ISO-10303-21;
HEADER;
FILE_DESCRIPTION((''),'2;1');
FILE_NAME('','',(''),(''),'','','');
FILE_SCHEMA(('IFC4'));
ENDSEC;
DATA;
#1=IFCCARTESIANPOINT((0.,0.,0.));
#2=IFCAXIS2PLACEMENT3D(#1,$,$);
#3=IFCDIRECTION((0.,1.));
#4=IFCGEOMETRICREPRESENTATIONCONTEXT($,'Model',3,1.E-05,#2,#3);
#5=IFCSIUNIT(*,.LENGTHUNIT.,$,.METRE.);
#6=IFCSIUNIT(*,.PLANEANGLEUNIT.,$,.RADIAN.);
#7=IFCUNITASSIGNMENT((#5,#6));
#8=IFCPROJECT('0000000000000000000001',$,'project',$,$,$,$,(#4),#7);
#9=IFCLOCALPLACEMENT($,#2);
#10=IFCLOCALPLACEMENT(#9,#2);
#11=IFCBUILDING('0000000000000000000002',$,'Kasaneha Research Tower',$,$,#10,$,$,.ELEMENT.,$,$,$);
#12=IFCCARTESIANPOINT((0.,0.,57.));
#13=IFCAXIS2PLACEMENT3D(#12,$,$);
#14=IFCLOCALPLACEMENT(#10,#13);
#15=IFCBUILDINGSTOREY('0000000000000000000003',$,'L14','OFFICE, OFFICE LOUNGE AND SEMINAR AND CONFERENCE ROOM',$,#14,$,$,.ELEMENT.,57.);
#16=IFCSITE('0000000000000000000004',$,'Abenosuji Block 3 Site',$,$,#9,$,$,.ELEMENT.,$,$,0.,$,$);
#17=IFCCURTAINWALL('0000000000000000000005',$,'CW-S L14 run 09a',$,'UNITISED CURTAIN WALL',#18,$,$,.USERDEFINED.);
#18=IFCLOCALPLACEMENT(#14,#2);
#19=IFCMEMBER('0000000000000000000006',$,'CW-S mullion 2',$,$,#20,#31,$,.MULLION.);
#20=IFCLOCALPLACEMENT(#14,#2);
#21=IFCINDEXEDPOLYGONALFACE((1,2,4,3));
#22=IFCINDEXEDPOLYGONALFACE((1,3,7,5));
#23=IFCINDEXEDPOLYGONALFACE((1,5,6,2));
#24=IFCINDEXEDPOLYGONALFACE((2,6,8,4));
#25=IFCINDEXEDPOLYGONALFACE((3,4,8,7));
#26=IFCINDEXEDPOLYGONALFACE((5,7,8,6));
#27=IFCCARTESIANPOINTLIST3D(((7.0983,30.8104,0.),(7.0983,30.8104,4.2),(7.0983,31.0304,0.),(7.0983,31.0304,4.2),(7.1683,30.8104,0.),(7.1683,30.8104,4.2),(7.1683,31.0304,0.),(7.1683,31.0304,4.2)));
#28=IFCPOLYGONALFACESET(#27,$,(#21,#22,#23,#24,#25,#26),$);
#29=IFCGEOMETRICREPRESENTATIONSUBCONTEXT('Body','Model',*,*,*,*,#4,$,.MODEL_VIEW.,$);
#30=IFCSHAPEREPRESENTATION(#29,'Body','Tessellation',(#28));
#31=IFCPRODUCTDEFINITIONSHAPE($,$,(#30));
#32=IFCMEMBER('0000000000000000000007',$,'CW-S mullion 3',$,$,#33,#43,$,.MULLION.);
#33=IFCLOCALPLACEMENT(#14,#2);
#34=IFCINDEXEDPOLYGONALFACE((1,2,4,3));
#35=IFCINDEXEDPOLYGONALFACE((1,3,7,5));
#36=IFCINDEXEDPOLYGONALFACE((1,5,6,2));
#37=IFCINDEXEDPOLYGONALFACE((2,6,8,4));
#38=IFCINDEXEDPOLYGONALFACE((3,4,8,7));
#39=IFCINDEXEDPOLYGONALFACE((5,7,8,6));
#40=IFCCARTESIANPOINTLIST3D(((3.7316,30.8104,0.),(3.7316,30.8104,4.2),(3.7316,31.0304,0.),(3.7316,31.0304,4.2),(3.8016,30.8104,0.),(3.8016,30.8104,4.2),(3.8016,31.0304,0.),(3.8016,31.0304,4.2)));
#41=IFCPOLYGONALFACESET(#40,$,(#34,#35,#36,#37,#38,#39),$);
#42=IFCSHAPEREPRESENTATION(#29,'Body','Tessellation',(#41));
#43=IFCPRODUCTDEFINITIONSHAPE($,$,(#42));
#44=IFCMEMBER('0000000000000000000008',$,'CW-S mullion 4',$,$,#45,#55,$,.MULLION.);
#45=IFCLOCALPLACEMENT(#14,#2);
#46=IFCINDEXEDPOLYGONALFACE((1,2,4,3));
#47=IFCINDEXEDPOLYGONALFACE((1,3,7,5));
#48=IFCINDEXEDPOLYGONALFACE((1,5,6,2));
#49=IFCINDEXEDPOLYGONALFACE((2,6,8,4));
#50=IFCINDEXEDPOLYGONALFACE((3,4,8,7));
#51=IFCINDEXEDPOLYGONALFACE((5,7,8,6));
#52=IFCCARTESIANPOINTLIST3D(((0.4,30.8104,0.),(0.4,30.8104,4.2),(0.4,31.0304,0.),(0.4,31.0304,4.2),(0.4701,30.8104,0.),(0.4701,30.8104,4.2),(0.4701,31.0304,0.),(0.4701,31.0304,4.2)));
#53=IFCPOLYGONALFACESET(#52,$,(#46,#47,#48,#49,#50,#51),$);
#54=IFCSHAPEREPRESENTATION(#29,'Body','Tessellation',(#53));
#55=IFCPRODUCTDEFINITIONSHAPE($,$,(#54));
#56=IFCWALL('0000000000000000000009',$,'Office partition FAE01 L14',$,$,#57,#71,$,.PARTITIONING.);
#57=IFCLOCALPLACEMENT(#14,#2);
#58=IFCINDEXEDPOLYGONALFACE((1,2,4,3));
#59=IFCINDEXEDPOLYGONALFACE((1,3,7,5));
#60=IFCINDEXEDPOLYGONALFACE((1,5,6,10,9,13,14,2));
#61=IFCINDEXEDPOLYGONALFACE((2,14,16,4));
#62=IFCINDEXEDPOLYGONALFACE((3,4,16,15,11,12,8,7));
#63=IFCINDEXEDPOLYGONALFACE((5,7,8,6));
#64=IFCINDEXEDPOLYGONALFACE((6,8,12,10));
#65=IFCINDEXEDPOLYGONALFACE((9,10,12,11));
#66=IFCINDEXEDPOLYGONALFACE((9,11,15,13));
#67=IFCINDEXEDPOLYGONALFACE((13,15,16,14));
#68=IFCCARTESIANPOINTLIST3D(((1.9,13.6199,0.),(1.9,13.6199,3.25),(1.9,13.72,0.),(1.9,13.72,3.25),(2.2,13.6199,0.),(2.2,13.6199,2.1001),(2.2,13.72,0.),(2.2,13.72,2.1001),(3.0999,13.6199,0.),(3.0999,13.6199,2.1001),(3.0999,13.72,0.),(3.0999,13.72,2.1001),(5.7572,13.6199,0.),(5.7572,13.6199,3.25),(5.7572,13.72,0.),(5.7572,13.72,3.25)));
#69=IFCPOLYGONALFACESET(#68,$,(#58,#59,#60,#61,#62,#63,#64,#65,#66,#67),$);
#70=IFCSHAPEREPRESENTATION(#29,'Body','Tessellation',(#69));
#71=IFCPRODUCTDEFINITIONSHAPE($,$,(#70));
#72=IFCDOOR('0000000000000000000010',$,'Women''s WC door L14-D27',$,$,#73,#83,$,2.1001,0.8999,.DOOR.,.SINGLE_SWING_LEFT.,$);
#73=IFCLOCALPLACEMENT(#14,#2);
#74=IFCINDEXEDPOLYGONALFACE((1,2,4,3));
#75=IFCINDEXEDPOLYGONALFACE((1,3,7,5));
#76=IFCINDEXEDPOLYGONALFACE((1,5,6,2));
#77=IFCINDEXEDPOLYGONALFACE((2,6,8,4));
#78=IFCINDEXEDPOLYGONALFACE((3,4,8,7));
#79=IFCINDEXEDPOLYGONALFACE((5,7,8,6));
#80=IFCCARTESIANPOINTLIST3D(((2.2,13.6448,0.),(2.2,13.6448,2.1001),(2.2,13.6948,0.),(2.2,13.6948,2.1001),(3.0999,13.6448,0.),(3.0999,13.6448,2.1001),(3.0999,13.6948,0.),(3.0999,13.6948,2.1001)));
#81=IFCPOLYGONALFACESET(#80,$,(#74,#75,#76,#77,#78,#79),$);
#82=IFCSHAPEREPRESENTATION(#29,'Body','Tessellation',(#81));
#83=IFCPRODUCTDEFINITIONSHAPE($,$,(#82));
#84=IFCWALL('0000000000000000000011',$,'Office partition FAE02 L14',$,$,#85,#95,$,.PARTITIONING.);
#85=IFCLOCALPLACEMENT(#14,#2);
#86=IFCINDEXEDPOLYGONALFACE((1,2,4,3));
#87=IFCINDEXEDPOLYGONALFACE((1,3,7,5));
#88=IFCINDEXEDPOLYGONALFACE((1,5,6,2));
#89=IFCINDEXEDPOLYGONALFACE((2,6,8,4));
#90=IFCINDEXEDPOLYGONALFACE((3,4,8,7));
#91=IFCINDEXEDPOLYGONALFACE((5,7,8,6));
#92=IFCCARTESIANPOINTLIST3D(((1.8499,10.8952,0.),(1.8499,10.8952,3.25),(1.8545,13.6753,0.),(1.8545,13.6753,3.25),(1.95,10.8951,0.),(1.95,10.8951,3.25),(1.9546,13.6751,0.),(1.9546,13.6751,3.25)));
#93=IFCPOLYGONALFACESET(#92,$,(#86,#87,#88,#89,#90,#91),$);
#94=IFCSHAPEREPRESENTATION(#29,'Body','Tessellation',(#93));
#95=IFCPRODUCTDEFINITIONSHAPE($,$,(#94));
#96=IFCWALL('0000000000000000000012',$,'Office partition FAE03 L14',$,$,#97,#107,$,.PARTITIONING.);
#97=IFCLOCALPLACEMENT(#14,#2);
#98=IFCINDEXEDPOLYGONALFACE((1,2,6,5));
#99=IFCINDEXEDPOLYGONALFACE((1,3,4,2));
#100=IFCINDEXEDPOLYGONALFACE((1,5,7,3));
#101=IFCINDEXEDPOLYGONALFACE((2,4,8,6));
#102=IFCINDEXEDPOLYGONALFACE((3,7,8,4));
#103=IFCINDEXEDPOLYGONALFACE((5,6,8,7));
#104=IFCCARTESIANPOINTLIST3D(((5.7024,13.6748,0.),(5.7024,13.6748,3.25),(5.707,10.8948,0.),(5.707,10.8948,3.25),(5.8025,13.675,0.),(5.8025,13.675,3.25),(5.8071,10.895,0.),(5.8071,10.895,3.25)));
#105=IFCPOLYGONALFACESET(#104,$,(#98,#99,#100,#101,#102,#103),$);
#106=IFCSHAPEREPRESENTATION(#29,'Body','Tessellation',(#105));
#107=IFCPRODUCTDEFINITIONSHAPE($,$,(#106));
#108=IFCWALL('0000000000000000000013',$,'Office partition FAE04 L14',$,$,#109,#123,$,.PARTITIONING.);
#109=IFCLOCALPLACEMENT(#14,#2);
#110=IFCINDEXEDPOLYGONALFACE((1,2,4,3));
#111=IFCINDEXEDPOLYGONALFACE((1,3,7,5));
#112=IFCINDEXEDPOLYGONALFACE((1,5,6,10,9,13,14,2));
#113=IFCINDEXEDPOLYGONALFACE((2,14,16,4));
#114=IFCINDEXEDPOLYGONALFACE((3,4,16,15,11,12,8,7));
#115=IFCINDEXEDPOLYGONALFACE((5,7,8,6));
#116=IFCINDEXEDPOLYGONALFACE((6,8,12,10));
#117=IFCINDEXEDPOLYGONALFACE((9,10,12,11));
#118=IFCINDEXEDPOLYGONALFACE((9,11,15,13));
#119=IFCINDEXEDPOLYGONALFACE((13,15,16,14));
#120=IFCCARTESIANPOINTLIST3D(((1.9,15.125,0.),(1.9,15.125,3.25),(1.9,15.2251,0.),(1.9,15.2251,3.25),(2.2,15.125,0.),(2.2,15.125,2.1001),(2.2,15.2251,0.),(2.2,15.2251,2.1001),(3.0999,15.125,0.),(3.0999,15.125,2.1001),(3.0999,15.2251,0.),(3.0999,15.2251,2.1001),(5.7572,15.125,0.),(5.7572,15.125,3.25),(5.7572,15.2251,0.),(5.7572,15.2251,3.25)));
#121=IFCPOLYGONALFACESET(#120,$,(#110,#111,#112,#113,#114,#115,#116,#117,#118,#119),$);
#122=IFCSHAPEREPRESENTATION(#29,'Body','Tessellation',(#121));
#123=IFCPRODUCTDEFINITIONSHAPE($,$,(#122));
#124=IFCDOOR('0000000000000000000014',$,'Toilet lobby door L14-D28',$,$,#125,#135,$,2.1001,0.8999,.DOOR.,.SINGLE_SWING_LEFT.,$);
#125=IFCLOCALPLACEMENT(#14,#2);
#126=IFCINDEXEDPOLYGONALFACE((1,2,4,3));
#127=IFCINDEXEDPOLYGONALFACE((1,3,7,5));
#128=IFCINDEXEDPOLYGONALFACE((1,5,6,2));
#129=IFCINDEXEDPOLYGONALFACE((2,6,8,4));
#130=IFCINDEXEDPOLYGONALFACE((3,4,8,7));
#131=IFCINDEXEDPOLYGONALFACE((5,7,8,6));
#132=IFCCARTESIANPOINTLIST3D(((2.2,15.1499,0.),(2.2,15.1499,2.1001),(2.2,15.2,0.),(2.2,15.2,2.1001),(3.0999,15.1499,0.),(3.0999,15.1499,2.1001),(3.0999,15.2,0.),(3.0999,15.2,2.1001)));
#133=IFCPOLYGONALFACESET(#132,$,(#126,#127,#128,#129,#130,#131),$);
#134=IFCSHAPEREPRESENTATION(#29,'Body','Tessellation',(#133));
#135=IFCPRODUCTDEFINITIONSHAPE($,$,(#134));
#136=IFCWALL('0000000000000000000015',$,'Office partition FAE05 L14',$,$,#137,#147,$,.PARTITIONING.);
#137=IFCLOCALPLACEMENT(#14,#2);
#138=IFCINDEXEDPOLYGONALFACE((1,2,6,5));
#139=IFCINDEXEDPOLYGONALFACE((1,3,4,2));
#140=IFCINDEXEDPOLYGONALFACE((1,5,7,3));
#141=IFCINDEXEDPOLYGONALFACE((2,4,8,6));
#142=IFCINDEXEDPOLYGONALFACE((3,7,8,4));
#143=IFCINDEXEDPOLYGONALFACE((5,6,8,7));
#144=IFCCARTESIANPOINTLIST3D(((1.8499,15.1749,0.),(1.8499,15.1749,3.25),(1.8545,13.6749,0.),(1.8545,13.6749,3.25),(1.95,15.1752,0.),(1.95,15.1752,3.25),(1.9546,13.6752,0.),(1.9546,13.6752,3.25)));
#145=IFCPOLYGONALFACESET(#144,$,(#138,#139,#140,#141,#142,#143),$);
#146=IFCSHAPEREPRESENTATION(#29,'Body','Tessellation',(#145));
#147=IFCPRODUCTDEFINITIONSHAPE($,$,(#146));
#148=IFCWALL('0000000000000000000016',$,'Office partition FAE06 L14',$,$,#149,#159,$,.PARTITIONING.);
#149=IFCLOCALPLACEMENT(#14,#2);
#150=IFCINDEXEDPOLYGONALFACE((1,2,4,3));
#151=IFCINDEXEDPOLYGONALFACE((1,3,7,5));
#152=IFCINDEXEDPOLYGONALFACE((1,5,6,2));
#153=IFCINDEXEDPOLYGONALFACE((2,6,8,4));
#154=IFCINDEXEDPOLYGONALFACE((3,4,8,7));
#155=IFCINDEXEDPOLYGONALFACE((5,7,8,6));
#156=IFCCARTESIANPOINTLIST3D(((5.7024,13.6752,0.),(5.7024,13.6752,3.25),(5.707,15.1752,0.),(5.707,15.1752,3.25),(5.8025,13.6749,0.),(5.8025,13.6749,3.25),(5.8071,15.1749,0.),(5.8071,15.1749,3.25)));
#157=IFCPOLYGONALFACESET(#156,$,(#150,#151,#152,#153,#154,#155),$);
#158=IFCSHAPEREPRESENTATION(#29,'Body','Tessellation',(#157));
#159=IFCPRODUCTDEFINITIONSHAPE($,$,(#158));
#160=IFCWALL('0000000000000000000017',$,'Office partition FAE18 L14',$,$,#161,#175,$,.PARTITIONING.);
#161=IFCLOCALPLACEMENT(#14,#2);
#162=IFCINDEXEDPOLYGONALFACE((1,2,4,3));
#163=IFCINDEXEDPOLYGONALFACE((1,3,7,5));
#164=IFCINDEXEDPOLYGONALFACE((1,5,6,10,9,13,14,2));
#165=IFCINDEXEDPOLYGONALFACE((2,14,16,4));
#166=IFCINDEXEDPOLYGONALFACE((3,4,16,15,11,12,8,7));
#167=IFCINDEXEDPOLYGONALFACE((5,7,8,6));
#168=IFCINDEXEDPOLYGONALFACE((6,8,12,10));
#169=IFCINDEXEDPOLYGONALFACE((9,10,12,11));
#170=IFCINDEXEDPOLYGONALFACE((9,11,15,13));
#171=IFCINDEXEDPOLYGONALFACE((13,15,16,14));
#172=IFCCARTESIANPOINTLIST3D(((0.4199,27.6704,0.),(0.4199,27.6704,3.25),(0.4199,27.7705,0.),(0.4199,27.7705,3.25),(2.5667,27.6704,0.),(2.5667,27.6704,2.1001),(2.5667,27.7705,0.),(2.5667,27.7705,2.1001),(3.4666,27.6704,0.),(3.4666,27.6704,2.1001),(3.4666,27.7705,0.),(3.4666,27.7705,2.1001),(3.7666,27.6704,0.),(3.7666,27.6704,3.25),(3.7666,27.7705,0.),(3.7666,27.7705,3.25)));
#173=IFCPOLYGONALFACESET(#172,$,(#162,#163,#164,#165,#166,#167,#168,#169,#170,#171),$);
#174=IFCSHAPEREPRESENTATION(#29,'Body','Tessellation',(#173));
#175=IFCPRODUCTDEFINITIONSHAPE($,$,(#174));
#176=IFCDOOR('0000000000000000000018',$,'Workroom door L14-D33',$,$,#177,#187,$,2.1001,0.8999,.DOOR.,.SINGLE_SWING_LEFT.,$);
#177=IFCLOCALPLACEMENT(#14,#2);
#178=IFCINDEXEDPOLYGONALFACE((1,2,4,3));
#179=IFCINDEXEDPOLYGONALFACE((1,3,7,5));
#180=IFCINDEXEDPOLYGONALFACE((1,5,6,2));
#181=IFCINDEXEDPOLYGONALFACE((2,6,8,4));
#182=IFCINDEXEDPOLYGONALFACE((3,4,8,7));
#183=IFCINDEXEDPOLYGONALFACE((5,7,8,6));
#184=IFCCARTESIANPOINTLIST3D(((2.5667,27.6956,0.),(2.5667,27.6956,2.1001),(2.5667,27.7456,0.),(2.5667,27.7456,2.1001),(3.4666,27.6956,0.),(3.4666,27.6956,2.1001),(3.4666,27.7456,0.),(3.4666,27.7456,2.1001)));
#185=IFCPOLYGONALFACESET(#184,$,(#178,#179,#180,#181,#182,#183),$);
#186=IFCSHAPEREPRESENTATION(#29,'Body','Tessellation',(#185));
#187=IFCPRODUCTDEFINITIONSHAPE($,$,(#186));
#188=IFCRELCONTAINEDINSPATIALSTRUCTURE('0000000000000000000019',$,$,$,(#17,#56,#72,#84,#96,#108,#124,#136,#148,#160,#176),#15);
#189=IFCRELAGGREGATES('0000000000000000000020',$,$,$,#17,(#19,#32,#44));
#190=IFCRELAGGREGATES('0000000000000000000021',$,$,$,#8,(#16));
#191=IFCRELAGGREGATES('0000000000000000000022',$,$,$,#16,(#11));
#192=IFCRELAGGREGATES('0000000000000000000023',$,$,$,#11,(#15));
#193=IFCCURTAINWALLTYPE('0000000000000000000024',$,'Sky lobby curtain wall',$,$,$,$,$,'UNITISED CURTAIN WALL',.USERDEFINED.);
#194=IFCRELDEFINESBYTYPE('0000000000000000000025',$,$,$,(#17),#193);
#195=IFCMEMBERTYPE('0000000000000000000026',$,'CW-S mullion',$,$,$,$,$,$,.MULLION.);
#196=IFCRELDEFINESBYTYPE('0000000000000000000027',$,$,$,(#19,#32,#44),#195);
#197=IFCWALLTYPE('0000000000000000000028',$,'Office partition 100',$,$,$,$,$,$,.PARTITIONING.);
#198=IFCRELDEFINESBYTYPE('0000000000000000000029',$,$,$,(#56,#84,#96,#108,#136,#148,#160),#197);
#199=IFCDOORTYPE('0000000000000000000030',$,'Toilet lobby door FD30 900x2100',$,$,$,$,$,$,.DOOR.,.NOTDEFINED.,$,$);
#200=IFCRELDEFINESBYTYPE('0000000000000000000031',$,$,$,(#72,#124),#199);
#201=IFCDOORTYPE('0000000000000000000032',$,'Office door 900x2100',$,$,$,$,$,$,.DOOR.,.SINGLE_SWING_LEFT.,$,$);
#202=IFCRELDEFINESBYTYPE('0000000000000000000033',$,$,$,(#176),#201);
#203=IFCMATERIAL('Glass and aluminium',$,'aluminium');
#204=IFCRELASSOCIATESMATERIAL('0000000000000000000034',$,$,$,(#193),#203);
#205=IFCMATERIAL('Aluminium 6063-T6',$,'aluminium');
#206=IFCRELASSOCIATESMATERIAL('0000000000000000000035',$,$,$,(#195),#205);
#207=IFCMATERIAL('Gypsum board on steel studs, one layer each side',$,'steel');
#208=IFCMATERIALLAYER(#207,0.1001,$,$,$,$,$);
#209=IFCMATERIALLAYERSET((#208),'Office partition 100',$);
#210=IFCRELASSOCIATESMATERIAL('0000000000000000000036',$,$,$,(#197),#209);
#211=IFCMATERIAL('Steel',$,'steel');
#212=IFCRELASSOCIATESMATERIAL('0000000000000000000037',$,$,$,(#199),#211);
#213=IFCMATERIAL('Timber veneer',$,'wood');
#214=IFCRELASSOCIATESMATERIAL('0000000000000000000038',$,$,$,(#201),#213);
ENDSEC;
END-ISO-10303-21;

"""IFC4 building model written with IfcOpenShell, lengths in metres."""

from ifc_helpers import new_model, si_unit, direction, frame, frame_2d, origin, origin_2d, place, context, subcontext, project, spatial, rectangle, extrude, material, layer, layer_set, material_profile, profile_set, type_object, element, fill, aggregate, save


model = new_model("IFC4")

# Units and contexts
model_context = context("Model", 3, precision=1e-05, world=origin(), true_north=direction((0.0, 1.0)))
body_context = subcontext(model_context, "Body", "Model", "MODEL_VIEW")
ifc_project = project(units=[si_unit("LENGTHUNIT", "METRE"), si_unit("PLANEANGLEUNIT", "RADIAN")], contexts=[model_context])

# Site, building, storey
site_placement = place(None, origin())
site = spatial("IfcSite", under=ifc_project, at=site_placement, Name="Abenosuji Block 3 Site", CompositionType="ELEMENT", RefElevation=0.0)
building_placement = place(site_placement, origin())
building = spatial("IfcBuilding", under=site, at=building_placement, Name="Kasaneha Research Tower", CompositionType="ELEMENT")
storey_placement = place(building_placement, frame((0.0, 0.0, 57.0)))
storey = spatial("IfcBuildingStorey", under=building, at=storey_placement, Name="L14", Description="OFFICE, OFFICE LOUNGE AND SEMINAR AND CONFERENCE ROOM", CompositionType="ELEMENT", Elevation=57.0)

# Curtain wall, members
ifc_material_1 = material(Name="Glass and aluminium", Category="aluminium")
curtain_wall_type = type_object("IfcCurtainWallType", Name="Sky lobby curtain wall", ElementType="UNITISED CURTAIN WALL", PredefinedType="USERDEFINED", material=ifc_material_1)
curtain_wall_placement = place(storey_placement, origin())
curtain_wall = element("IfcCurtainWall", 1, at=curtain_wall_placement, inside=storey, type_object=curtain_wall_type, Name="CW-S L14 run 09a", ObjectType="UNITISED CURTAIN WALL", PredefinedType="USERDEFINED")
ifc_material_2 = material(Name="Aluminium 6063-T6", Category="aluminium")
ifc_material_profile_1 = material_profile(ifc_material_2, rectangle(XDim=0.0701, YDim=0.22, at=origin_2d()), Name="CW-S mullion 70x220")
ifc_profile_set_1 = profile_set([ifc_material_profile_1], Name="Aluminium 6063-T6")
member_type = type_object("IfcMemberType", Name="CW-S mullion", PredefinedType="MULLION", material=ifc_profile_set_1)
member_1_placement = place(storey_placement, frame((7.1333, 30.9204, 0.0), z_axis=(0.0, 0.0, 1.0), x_axis=(-1.0, 0.0, 0.0)))
member_1 = element("IfcMember", 2, at=member_1_placement, type_object=member_type, Name="CW-S mullion 2", PredefinedType="MULLION", context=body_context, shape_type="SweptSolid", body=[
    extrude(rectangle(XDim=0.0701, YDim=0.22, at=origin_2d()), origin(), (0.0, 0.0, 1.0), 4.2),
])
member_2_placement = place(storey_placement, frame((3.7666, 30.9204, 0.0), z_axis=(0.0, 0.0, 1.0), x_axis=(-1.0, 0.0, 0.0)))
member_2 = element("IfcMember", 3, at=member_2_placement, type_object=member_type, Name="CW-S mullion 3", PredefinedType="MULLION", context=body_context, shape_type="SweptSolid", body=[
    extrude(rectangle(XDim=0.0701, YDim=0.22, at=origin_2d()), origin(), (0.0, 0.0, 1.0), 4.2),
])
member_3_placement = place(storey_placement, frame((0.4351, 30.9204, 0.0), z_axis=(0.0, 0.0, 1.0), x_axis=(-1.0, 0.0, 0.0)))
member_3 = element("IfcMember", 4, at=member_3_placement, type_object=member_type, Name="CW-S mullion 4", PredefinedType="MULLION", context=body_context, shape_type="SweptSolid", body=[
    extrude(rectangle(XDim=0.0701, YDim=0.22, at=origin_2d()), origin(), (0.0, 0.0, 1.0), 4.2),
])
aggregate(curtain_wall, [member_1, member_2, member_3])

# Wall, opening, door
ifc_material_3 = material(Name="Gypsum board on steel studs, one layer each side", Category="steel")
ifc_layer_1 = layer(ifc_material_3, 0.1001)
ifc_layer_set_1 = layer_set([ifc_layer_1], Name="Office partition 100")
wall_type_1 = type_object("IfcWallType", Name="Office partition 100", PredefinedType="PARTITIONING", material=ifc_layer_set_1)
wall_1_placement = place(storey_placement, frame((1.8999, 13.6699, 0.0), z_axis=(0.0, 0.0, 1.0), x_axis=(1.0, 0.0, 0.0)))
wall_1 = element("IfcWall", 5, at=wall_1_placement, inside=storey, type_object=wall_type_1, Name="Office partition FAE01 L14", PredefinedType="PARTITIONING", context=body_context, shape_type="SweptSolid", body=[
    extrude(rectangle(XDim=3.8572, YDim=0.1001, at=frame_2d((1.9287, 0.0))), origin(), (0.0, 0.0, 1.0), 3.25),
])
opening_1_placement = place(wall_1_placement, frame((0.3, 0.0, 0.0)))
opening_1 = element("IfcOpeningElement", 6, at=opening_1_placement, cuts=wall_1, PredefinedType="OPENING", context=body_context, shape_type="SweptSolid", body=[
    extrude(rectangle(XDim=0.8999, YDim=2.1001, at=frame_2d((0.45, 1.05))), frame((0.0, 0.0601, 0.0), z_axis=(0.0, -1.0, 0.0), x_axis=(1.0, 0.0, 0.0)), (0.0, 0.0, 1.0), 0.1201),
])
ifc_material_4 = material(Name="Steel", Category="steel")
door_type_1 = type_object("IfcDoorType", Name="Toilet lobby door FD30 900x2100", OperationType="NOTDEFINED", PredefinedType="DOOR", material=ifc_material_4)
door_1_placement = place(opening_1_placement, origin())
door_1 = element("IfcDoor", 7, at=door_1_placement, inside=storey, type_object=door_type_1, Name="Women's WC door L14-D27", OperationType="SINGLE_SWING_LEFT", OverallHeight=2.1001, OverallWidth=0.8999, PredefinedType="DOOR", context=body_context, shape_type="SweptSolid", body=[
    extrude(rectangle(XDim=0.8999, YDim=2.1001, at=frame_2d((0.45, 1.05))), frame((0.0, 0.0249, 0.0), z_axis=(0.0, -1.0, 0.0), x_axis=(1.0, 0.0, 0.0)), (0.0, 0.0, 1.0), 0.05),
])
fill(opening_1, door_1)

# Walls
for number, where, z_axis, x_axis, name in (
    (8, (1.8999, 10.895, 0.0), (0.0, 0.0, 1.0), (0.001669, 0.999999, 0.0), "Office partition FAE02 L14"),
    (9, (5.7524, 13.675, 0.0), (0.0, 0.0, 1.0), (0.001669, -0.999999, 0.0), "Office partition FAE03 L14"),
):
    element("IfcWall", number, at=place(storey_placement, frame(where, z_axis=z_axis, x_axis=x_axis)), inside=storey, type_object=wall_type_1, Name=name, PredefinedType="PARTITIONING", context=body_context, shape_type="SweptSolid", body=[
        extrude(rectangle(XDim=2.78, YDim=0.1001, at=frame_2d((1.3901, 0.0))), origin(), (0.0, 0.0, 1.0), 3.25),
    ])

# Wall, opening, door
wall_2_placement = place(storey_placement, frame((1.8999, 15.175, 0.0), z_axis=(0.0, 0.0, 1.0), x_axis=(1.0, 0.0, 0.0)))
wall_2 = element("IfcWall", 10, at=wall_2_placement, inside=storey, type_object=wall_type_1, Name="Office partition FAE04 L14", PredefinedType="PARTITIONING", context=body_context, shape_type="SweptSolid", body=[
    extrude(rectangle(XDim=3.8572, YDim=0.1001, at=frame_2d((1.9287, 0.0))), origin(), (0.0, 0.0, 1.0), 3.25),
])
opening_2_placement = place(wall_2_placement, frame((0.3, 0.0, 0.0)))
opening_2 = element("IfcOpeningElement", 11, at=opening_2_placement, cuts=wall_2, PredefinedType="OPENING", context=body_context, shape_type="SweptSolid", body=[
    extrude(rectangle(XDim=0.8999, YDim=2.1001, at=frame_2d((0.45, 1.05))), frame((0.0, 0.0601, 0.0), z_axis=(0.0, -1.0, 0.0), x_axis=(1.0, 0.0, 0.0)), (0.0, 0.0, 1.0), 0.1201),
])
door_2_placement = place(opening_2_placement, origin())
door_2 = element("IfcDoor", 12, at=door_2_placement, inside=storey, type_object=door_type_1, Name="Toilet lobby door L14-D28", OperationType="SINGLE_SWING_LEFT", OverallHeight=2.1001, OverallWidth=0.8999, PredefinedType="DOOR", context=body_context, shape_type="SweptSolid", body=[
    extrude(rectangle(XDim=0.8999, YDim=2.1001, at=frame_2d((0.45, 1.05))), frame((0.0, 0.0249, 0.0), z_axis=(0.0, -1.0, 0.0), x_axis=(1.0, 0.0, 0.0)), (0.0, 0.0, 1.0), 0.05),
])
fill(opening_2, door_2)

# Walls
for number, where, z_axis, x_axis, name in (
    (13, (1.9045, 13.675, 0.0), (0.0, 0.0, 1.0), (-0.003092, 0.999995, 0.0), "Office partition FAE05 L14"),
    (14, (5.7571, 15.175, 0.0), (0.0, 0.0, 1.0), (-0.003092, -0.999995, 0.0), "Office partition FAE06 L14"),
):
    element("IfcWall", number, at=place(storey_placement, frame(where, z_axis=z_axis, x_axis=x_axis)), inside=storey, type_object=wall_type_1, Name=name, PredefinedType="PARTITIONING", context=body_context, shape_type="SweptSolid", body=[
        extrude(rectangle(XDim=1.5, YDim=0.1001, at=frame_2d((0.75, 0.0))), origin(), (0.0, 0.0, 1.0), 3.25),
    ])

# Wall, opening, door
wall_3_placement = place(storey_placement, frame((3.7666, 27.7205, 0.0), z_axis=(0.0, 0.0, 1.0), x_axis=(-1.0, 0.0, 0.0)))
wall_3 = element("IfcWall", 15, at=wall_3_placement, inside=storey, type_object=wall_type_1, Name="Office partition FAE18 L14", PredefinedType="PARTITIONING", context=body_context, shape_type="SweptSolid", body=[
    extrude(rectangle(XDim=3.3467, YDim=0.1001, at=frame_2d((1.6733, 0.0))), origin(), (0.0, 0.0, 1.0), 3.25),
])
opening_3_placement = place(wall_3_placement, frame((0.3, 0.0, 0.0)))
opening_3 = element("IfcOpeningElement", 16, at=opening_3_placement, cuts=wall_3, PredefinedType="OPENING", context=body_context, shape_type="SweptSolid", body=[
    extrude(rectangle(XDim=0.8999, YDim=2.1001, at=frame_2d((0.45, 1.05))), frame((0.0, 0.0601, 0.0), z_axis=(0.0, -1.0, 0.0), x_axis=(1.0, 0.0, 0.0)), (0.0, 0.0, 1.0), 0.1201),
])
ifc_material_5 = material(Name="Timber veneer", Category="wood")
door_type_2 = type_object("IfcDoorType", Name="Office door 900x2100", OperationType="SINGLE_SWING_LEFT", PredefinedType="DOOR", material=ifc_material_5)
door_3_placement = place(opening_3_placement, origin())
door_3 = element("IfcDoor", 17, at=door_3_placement, inside=storey, type_object=door_type_2, Name="Workroom door L14-D33", OperationType="SINGLE_SWING_LEFT", OverallHeight=2.1001, OverallWidth=0.8999, PredefinedType="DOOR", context=body_context, shape_type="SweptSolid", body=[
    extrude(rectangle(XDim=0.8999, YDim=2.1001, at=frame_2d((0.45, 1.05))), frame((0.0, 0.0249, 0.0), z_axis=(0.0, -1.0, 0.0), x_axis=(1.0, 0.0, 0.0)), (0.0, 0.0, 1.0), 0.05),
])
fill(opening_3, door_3)

save(model, "model.ifc")
